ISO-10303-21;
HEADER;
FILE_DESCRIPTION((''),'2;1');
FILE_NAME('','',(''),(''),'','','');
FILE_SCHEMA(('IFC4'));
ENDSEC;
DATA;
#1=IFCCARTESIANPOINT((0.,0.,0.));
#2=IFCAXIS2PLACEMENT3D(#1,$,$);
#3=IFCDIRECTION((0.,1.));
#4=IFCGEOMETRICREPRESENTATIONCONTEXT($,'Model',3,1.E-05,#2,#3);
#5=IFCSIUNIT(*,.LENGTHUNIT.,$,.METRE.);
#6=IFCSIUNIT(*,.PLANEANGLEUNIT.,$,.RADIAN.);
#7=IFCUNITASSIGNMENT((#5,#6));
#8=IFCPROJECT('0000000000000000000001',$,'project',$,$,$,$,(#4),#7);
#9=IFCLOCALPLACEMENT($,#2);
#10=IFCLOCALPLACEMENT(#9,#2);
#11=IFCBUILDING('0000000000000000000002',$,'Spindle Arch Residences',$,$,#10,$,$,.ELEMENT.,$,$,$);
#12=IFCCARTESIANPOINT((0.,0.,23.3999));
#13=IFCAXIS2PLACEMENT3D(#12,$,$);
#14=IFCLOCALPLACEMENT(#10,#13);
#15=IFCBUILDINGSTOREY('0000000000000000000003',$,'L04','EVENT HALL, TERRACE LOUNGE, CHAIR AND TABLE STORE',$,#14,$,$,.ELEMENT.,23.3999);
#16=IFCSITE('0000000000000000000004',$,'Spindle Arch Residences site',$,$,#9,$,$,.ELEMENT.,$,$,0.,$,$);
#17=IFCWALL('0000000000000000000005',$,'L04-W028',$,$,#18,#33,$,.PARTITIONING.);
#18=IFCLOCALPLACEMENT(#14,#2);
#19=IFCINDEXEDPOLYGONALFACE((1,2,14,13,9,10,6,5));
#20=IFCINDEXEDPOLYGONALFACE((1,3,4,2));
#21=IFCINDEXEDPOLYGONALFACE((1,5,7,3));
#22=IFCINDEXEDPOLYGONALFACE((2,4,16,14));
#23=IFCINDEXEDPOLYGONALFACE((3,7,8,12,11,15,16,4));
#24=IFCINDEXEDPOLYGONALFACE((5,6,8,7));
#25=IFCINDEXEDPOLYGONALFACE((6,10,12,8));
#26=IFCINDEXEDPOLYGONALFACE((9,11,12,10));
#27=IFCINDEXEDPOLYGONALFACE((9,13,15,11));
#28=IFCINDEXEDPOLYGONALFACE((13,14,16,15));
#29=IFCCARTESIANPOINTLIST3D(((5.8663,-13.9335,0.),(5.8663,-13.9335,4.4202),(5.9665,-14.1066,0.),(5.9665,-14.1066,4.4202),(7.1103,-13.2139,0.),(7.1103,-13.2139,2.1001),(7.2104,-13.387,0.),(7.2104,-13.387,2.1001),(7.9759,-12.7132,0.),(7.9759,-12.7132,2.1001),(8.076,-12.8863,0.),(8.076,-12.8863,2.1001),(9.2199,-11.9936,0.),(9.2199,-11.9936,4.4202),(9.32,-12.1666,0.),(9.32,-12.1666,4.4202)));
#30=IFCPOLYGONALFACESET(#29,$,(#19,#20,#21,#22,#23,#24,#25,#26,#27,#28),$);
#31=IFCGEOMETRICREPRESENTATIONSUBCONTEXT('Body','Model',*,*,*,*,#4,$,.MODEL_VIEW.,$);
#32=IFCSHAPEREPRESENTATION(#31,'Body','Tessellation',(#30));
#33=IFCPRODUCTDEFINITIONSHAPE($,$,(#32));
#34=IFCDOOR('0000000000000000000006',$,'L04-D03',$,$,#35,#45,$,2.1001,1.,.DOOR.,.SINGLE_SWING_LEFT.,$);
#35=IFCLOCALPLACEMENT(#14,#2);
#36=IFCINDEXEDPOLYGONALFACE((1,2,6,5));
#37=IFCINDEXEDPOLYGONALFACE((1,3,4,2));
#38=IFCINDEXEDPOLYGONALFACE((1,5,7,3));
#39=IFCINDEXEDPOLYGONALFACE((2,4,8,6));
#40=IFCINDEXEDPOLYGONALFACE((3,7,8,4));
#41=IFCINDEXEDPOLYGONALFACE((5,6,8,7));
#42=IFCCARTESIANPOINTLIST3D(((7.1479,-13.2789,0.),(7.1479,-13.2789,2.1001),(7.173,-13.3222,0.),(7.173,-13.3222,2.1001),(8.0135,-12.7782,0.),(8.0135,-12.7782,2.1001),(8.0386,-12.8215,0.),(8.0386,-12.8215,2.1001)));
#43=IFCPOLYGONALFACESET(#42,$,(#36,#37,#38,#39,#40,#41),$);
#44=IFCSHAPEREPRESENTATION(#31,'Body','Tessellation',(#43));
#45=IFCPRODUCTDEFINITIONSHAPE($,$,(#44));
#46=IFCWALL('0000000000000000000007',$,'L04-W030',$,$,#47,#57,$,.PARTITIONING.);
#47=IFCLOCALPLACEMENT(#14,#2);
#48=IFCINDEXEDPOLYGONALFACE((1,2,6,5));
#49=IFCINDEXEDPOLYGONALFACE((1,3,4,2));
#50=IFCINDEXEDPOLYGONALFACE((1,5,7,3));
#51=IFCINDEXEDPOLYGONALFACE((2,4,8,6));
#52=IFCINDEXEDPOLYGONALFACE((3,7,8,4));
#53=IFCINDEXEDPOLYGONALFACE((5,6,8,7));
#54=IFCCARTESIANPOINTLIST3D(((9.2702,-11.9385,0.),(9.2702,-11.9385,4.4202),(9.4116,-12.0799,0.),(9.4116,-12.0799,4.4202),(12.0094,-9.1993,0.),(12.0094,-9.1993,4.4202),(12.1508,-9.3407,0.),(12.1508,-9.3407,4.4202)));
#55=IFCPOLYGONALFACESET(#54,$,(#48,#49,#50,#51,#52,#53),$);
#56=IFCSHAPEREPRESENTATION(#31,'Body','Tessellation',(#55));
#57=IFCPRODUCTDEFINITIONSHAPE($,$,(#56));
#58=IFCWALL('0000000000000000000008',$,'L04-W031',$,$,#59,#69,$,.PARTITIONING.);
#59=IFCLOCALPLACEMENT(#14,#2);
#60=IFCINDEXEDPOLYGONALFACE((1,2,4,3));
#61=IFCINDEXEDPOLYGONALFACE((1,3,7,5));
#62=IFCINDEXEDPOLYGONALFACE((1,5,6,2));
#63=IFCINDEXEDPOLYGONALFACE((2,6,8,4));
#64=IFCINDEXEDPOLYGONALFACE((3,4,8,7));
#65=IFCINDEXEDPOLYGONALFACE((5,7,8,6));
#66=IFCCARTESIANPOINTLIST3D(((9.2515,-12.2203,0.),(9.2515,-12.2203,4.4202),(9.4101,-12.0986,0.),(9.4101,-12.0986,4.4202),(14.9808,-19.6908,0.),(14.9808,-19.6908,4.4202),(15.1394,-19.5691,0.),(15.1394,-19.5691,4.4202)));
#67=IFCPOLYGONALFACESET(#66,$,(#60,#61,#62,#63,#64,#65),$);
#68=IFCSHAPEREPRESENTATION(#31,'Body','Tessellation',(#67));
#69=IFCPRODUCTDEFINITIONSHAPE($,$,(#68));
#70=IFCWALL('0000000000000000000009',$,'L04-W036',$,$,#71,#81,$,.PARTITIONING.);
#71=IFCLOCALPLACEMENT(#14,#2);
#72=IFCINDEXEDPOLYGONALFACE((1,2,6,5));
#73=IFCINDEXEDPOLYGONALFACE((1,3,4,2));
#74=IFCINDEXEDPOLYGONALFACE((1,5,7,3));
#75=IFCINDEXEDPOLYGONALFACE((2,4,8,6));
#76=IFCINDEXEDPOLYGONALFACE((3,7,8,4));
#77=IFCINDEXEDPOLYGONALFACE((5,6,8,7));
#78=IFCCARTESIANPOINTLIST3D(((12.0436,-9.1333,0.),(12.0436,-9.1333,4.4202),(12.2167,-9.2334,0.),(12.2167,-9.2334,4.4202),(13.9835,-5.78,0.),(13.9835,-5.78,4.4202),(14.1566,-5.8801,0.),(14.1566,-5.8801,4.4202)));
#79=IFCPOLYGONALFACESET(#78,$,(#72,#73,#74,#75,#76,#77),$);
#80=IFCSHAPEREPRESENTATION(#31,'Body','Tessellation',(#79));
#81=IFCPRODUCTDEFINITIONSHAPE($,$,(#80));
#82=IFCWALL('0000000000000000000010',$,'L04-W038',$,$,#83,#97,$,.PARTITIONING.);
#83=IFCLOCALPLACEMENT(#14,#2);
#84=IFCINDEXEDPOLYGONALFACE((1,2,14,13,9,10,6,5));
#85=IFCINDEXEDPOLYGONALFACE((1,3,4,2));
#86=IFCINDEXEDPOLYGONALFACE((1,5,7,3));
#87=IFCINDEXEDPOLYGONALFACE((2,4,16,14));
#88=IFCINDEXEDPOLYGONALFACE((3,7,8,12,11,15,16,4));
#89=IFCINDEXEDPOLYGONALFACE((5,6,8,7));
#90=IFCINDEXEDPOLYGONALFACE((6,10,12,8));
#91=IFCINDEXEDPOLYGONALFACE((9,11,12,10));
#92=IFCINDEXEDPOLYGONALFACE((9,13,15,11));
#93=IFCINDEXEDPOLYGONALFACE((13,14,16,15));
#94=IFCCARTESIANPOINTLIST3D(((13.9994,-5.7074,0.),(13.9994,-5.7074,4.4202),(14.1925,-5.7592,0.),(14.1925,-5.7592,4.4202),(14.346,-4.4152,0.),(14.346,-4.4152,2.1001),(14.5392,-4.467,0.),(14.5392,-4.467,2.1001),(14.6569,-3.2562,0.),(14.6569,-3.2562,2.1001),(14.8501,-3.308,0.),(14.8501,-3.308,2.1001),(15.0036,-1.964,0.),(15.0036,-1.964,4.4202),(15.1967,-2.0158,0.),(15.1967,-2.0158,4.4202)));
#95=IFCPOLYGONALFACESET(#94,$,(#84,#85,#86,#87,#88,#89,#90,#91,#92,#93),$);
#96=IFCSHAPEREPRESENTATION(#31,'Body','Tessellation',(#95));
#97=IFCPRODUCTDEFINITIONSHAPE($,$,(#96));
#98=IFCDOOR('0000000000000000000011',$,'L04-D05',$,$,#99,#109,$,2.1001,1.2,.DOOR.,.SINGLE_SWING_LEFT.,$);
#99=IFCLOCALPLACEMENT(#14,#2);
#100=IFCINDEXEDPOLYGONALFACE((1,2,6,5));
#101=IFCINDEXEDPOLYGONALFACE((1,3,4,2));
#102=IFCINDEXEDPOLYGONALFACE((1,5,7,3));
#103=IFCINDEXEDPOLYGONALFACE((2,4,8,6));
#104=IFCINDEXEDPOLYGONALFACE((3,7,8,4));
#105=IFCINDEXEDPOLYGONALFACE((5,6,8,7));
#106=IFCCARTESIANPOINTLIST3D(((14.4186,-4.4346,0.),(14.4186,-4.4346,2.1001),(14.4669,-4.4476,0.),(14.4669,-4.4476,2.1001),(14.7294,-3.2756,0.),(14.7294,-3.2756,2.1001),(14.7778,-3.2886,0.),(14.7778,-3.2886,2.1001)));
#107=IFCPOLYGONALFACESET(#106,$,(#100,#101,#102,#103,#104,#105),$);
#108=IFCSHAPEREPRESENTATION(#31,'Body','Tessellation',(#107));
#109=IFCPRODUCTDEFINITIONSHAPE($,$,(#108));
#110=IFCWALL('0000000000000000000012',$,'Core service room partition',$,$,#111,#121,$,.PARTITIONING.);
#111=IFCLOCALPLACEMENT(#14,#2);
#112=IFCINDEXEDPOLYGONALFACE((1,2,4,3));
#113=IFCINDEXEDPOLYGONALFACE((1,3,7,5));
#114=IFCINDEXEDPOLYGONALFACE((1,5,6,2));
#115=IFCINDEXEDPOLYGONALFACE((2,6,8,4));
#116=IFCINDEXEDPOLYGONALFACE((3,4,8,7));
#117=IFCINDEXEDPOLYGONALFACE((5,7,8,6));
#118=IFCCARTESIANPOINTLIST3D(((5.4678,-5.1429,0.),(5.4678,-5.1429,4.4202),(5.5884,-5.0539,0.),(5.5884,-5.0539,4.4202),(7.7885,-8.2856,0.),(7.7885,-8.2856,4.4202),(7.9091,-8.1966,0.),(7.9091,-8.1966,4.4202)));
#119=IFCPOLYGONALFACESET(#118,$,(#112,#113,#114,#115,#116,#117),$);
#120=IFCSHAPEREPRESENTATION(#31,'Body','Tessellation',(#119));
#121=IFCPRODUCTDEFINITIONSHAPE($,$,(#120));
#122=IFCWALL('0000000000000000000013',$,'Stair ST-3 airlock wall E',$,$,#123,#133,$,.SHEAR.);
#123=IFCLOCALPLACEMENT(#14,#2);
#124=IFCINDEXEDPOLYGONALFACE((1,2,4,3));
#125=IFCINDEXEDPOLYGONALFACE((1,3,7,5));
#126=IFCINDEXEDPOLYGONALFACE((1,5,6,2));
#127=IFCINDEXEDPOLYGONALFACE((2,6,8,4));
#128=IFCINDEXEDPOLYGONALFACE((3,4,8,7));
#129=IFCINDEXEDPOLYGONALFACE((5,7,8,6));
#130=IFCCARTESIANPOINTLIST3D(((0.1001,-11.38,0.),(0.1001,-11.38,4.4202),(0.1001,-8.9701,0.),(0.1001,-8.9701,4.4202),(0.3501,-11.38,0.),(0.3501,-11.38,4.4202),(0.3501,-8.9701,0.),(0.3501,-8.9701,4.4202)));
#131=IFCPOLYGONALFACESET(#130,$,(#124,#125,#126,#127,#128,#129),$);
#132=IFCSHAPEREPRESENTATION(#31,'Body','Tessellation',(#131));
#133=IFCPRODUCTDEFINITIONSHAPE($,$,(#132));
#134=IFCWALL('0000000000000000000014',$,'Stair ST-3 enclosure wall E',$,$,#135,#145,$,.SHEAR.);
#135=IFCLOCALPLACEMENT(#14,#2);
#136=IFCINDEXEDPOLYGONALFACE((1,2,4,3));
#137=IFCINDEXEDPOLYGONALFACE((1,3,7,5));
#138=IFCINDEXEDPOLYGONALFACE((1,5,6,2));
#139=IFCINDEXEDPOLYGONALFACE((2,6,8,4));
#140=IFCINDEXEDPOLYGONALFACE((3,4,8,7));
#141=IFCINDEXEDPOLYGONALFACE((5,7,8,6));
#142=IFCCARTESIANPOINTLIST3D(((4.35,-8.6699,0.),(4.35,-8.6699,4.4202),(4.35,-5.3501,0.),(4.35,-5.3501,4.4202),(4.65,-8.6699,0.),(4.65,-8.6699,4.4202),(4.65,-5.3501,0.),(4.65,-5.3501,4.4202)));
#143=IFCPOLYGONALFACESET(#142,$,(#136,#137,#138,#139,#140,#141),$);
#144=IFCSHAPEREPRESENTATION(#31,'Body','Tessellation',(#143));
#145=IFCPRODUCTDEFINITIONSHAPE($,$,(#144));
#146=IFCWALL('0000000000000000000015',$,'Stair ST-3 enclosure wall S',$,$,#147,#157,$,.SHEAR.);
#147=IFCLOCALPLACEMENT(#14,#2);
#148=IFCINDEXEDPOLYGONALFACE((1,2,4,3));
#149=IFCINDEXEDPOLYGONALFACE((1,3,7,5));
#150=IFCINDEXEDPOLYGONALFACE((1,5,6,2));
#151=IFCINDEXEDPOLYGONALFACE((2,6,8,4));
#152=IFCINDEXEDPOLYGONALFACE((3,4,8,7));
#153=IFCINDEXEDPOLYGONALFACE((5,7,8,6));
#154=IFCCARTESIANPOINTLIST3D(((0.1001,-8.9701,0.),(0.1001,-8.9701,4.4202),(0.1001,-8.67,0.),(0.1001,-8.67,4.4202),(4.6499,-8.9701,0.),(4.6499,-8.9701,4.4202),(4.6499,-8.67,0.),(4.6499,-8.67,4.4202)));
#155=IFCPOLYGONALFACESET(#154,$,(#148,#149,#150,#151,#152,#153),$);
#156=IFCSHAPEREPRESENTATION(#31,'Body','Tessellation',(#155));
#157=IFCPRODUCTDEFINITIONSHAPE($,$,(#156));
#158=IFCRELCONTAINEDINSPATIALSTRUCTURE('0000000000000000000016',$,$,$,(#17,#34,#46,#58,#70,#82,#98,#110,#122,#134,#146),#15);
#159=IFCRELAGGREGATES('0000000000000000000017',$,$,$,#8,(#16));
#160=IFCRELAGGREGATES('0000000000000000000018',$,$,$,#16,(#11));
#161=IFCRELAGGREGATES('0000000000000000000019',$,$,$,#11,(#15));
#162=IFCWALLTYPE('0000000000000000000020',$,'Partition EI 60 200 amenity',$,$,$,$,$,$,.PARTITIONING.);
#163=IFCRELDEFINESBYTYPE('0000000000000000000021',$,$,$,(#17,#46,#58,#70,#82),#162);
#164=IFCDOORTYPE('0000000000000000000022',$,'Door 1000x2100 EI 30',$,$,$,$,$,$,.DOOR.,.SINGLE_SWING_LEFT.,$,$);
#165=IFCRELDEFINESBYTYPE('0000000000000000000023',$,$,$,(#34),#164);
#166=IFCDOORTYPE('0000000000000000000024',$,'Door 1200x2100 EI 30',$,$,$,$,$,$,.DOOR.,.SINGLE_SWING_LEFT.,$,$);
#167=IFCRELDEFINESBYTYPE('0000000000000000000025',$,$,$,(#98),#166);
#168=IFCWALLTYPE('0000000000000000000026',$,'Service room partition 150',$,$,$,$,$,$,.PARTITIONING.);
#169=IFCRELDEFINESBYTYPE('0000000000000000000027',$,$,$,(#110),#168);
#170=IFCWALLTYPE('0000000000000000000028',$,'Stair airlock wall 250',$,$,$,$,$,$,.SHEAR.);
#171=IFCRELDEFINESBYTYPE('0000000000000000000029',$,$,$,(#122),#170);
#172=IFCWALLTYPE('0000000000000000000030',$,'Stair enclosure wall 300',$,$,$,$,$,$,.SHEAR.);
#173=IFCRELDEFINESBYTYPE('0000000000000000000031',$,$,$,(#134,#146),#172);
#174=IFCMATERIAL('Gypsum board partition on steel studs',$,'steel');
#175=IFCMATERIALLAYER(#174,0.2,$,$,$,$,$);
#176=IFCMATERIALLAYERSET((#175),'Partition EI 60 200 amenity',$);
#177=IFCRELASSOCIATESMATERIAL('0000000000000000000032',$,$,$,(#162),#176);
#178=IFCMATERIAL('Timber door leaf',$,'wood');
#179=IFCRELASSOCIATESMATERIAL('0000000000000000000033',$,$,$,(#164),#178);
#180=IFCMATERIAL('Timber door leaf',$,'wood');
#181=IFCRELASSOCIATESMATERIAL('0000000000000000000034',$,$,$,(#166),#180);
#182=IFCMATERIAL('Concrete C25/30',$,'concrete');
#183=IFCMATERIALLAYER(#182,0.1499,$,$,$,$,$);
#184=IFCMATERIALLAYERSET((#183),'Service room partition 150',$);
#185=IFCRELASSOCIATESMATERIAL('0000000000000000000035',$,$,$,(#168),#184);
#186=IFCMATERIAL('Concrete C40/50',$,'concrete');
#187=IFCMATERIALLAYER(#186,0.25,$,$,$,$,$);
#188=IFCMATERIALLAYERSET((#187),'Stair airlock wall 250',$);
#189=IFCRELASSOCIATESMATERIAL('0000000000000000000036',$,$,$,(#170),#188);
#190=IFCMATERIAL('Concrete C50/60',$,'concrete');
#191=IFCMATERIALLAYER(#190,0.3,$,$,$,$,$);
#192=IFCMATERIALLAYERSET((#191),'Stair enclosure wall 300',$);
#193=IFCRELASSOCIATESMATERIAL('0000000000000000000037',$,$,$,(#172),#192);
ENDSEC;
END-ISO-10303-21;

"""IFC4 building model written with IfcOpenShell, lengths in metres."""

from ifc_helpers import new_model, si_unit, direction, frame, frame_2d, origin, place, context, subcontext, project, spatial, rectangle, extrude, material, layer, layer_set, type_object, element, fill, save


model = new_model("IFC4")

# Units and contexts
model_context = context("Model", 3, precision=1e-05, world=origin(), true_north=direction((0.0, 1.0)))
body_context = subcontext(model_context, "Body", "Model", "MODEL_VIEW")
ifc_project = project(units=[si_unit("LENGTHUNIT", "METRE"), si_unit("PLANEANGLEUNIT", "RADIAN")], contexts=[model_context])

# Site, building, storey
site_placement = place(None, origin())
site = spatial("IfcSite", under=ifc_project, at=site_placement, Name="Spindle Arch Residences site", CompositionType="ELEMENT", RefElevation=0.0)
building_placement = place(site_placement, origin())
building = spatial("IfcBuilding", under=site, at=building_placement, Name="Spindle Arch Residences", CompositionType="ELEMENT")
storey_placement = place(building_placement, frame((0.0, 0.0, 23.3999)))
storey = spatial("IfcBuildingStorey", under=building, at=storey_placement, Name="L04", Description="EVENT HALL, TERRACE LOUNGE, CHAIR AND TABLE STORE", CompositionType="ELEMENT", Elevation=23.3999)

# Shared definitions
ifc_material_1 = material(Name="Gypsum board partition on steel studs", Category="steel")
ifc_layer_1 = layer(ifc_material_1, 0.2)
ifc_layer_set_1 = layer_set([ifc_layer_1], Name="Partition EI 60 200 amenity")
wall_type_1 = type_object("IfcWallType", Name="Partition EI 60 200 amenity", PredefinedType="PARTITIONING", material=ifc_layer_set_1)
ifc_material_2 = material(Name="Timber door leaf", Category="wood")
door_type_1 = type_object("IfcDoorType", Name="Door 1000x2100 EI 30", OperationType="SINGLE_SWING_LEFT", PredefinedType="DOOR", material=ifc_material_2)

# Wall, opening, door
wall_1_placement = place(storey_placement, frame((5.9165, -14.02, 0.0), z_axis=(0.0, 0.0, 1.0), x_axis=(0.865602, 0.500733, 0.0)))
wall_1 = element("IfcWall", 1, at=wall_1_placement, inside=storey, type_object=wall_type_1, Name="L04-W028", PredefinedType="PARTITIONING", context=body_context, shape_type="SweptSolid", body=[
    extrude(rectangle(XDim=3.8743, YDim=0.2, at=frame_2d((1.937, 0.0))), origin(), (0.0, 0.0, 1.0), 4.4202),
])
opening_1_placement = place(wall_1_placement, frame((1.437, 0.0, 0.0)))
opening_1 = element("IfcOpeningElement", 2, at=opening_1_placement, cuts=wall_1, PredefinedType="OPENING", context=body_context, shape_type="SweptSolid", body=[
    extrude(rectangle(XDim=1.0, YDim=2.1001, at=frame_2d((0.5, 1.05))), frame((0.0, 0.1099, 0.0), z_axis=(0.0, -1.0, 0.0), x_axis=(1.0, 0.0, 0.0)), (0.0, 0.0, 1.0), 0.22),
])
door_1_placement = place(opening_1_placement, origin())
door_1 = element("IfcDoor", 3, at=door_1_placement, inside=storey, type_object=door_type_1, Name="L04-D03", OperationType="SINGLE_SWING_LEFT", OverallHeight=2.1001, OverallWidth=1.0, PredefinedType="DOOR", context=body_context, shape_type="SweptSolid", body=[
    extrude(rectangle(XDim=1.0, YDim=2.1001, at=frame_2d((0.5, 1.05))), frame((0.0, 0.0249, 0.0), z_axis=(0.0, -1.0, 0.0), x_axis=(1.0, 0.0, 0.0)), (0.0, 0.0, 1.0), 0.05),
])
fill(opening_1, door_1)

# Walls
wall_2_placement = place(storey_placement, frame((9.3408, -12.0093, 0.0), z_axis=(0.0, 0.0, 1.0), x_axis=(0.707107, 0.707107, 0.0)))
element("IfcWall", 4, at=wall_2_placement, inside=storey, type_object=wall_type_1, Name="L04-W030", PredefinedType="PARTITIONING", context=body_context, shape_type="SweptSolid", body=[
    extrude(rectangle(XDim=3.8738, YDim=0.2, at=frame_2d((1.937, 0.0))), origin(), (0.0, 0.0, 1.0), 4.4202),
])
wall_3_placement = place(storey_placement, frame((9.3308, -12.1594, 0.0), z_axis=(0.0, 0.0, 1.0), x_axis=(0.608558, -0.793509, 0.0)))
element("IfcWall", 5, at=wall_3_placement, inside=storey, type_object=wall_type_1, Name="L04-W031", PredefinedType="PARTITIONING", context=body_context, shape_type="SweptSolid", body=[
    extrude(rectangle(XDim=9.4146, YDim=0.2, at=frame_2d((4.7073, 0.0))), origin(), (0.0, 0.0, 1.0), 4.4202),
])
wall_4_placement = place(storey_placement, frame((12.1301, -9.1833, 0.0), z_axis=(0.0, 0.0, 1.0), x_axis=(0.50076, 0.865586, 0.0)))
element("IfcWall", 6, at=wall_4_placement, inside=storey, type_object=wall_type_1, Name="L04-W036", PredefinedType="PARTITIONING", context=body_context, shape_type="SweptSolid", body=[
    extrude(rectangle(XDim=3.874, YDim=0.2, at=frame_2d((1.937, 0.0))), origin(), (0.0, 0.0, 1.0), 4.4202),
])

# Wall, opening, door
wall_5_placement = place(storey_placement, frame((14.0959, -5.7334, 0.0), z_axis=(0.0, 0.0, 1.0), x_axis=(0.259086, 0.965854, 0.0)))
wall_5 = element("IfcWall", 7, at=wall_5_placement, inside=storey, type_object=wall_type_1, Name="L04-W038", PredefinedType="PARTITIONING", context=body_context, shape_type="SweptSolid", body=[
    extrude(rectangle(XDim=3.8757, YDim=0.2, at=frame_2d((1.938, 0.0))), origin(), (0.0, 0.0, 1.0), 4.4202),
])
opening_2_placement = place(wall_5_placement, frame((1.3379, 0.0, 0.0)))
opening_2 = element("IfcOpeningElement", 8, at=opening_2_placement, cuts=wall_5, PredefinedType="OPENING", context=body_context, shape_type="SweptSolid", body=[
    extrude(rectangle(XDim=1.2, YDim=2.1001, at=frame_2d((0.6001, 1.05))), frame((0.0, 0.1099, 0.0), z_axis=(0.0, -1.0, 0.0), x_axis=(1.0, 0.0, 0.0)), (0.0, 0.0, 1.0), 0.22),
])
ifc_material_3 = material(Name="Timber door leaf", Category="wood")
door_type_2 = type_object("IfcDoorType", Name="Door 1200x2100 EI 30", OperationType="SINGLE_SWING_LEFT", PredefinedType="DOOR", material=ifc_material_3)
door_2_placement = place(opening_2_placement, origin())
door_2 = element("IfcDoor", 9, at=door_2_placement, inside=storey, type_object=door_type_2, Name="L04-D05", OperationType="SINGLE_SWING_LEFT", OverallHeight=2.1001, OverallWidth=1.2, PredefinedType="DOOR", context=body_context, shape_type="SweptSolid", body=[
    extrude(rectangle(XDim=1.2, YDim=2.1001, at=frame_2d((0.6001, 1.05))), frame((0.0, 0.0249, 0.0), z_axis=(0.0, -1.0, 0.0), x_axis=(1.0, 0.0, 0.0)), (0.0, 0.0, 1.0), 0.05),
])
fill(opening_2, door_2)

# Walls
ifc_material_4 = material(Name="Concrete C25/30", Category="concrete")
ifc_layer_2 = layer(ifc_material_4, 0.1499)
ifc_layer_set_2 = layer_set([ifc_layer_2], Name="Service room partition 150")
wall_type_2 = type_object("IfcWallType", Name="Service room partition 150", PredefinedType="PARTITIONING", material=ifc_layer_set_2)
wall_6_placement = place(storey_placement, frame((5.5281, -5.0984, 0.0), z_axis=(0.0, 0.0, 1.0), x_axis=(0.594034, -0.80444, 0.0)))
element("IfcWall", 10, at=wall_6_placement, inside=storey, type_object=wall_type_2, Name="Core service room partition", PredefinedType="PARTITIONING", context=body_context, shape_type="SweptSolid", body=[
    extrude(rectangle(XDim=3.9067, YDim=0.1499, at=frame_2d((1.9534, 0.0))), origin(), (0.0, 0.0, 1.0), 4.4202),
])
ifc_material_5 = material(Name="Concrete C40/50", Category="concrete")
ifc_layer_3 = layer(ifc_material_5, 0.25)
ifc_layer_set_3 = layer_set([ifc_layer_3], Name="Stair airlock wall 250")
wall_type_3 = type_object("IfcWallType", Name="Stair airlock wall 250", PredefinedType="SHEAR", material=ifc_layer_set_3)
wall_7_placement = place(storey_placement, frame((0.2251, -8.97, 0.0), z_axis=(0.0, 0.0, 1.0), x_axis=(0.0, -1.0, 0.0)))
element("IfcWall", 11, at=wall_7_placement, inside=storey, type_object=wall_type_3, Name="Stair ST-3 airlock wall E", PredefinedType="SHEAR", context=body_context, shape_type="SweptSolid", body=[
    extrude(rectangle(XDim=2.4099, YDim=0.25, at=frame_2d((1.2051, 0.0))), origin(), (0.0, 0.0, 1.0), 4.4202),
])
ifc_material_6 = material(Name="Concrete C50/60", Category="concrete")
ifc_layer_4 = layer(ifc_material_6, 0.3)
ifc_layer_set_4 = layer_set([ifc_layer_4], Name="Stair enclosure wall 300")
wall_type_4 = type_object("IfcWallType", Name="Stair enclosure wall 300", PredefinedType="SHEAR", material=ifc_layer_set_4)
wall_8_placement = place(storey_placement, frame((4.5, -8.6699, 0.0), z_axis=(0.0, 0.0, 1.0), x_axis=(0.0, 1.0, 0.0)))
element("IfcWall", 12, at=wall_8_placement, inside=storey, type_object=wall_type_4, Name="Stair ST-3 enclosure wall E", PredefinedType="SHEAR", context=body_context, shape_type="SweptSolid", body=[
    extrude(rectangle(XDim=3.3198, YDim=0.3, at=frame_2d((1.6599, 0.0))), origin(), (0.0, 0.0, 1.0), 4.4202),
])
wall_9_placement = place(storey_placement, frame((0.1001, -8.8201, 0.0), z_axis=(0.0, 0.0, 1.0), x_axis=(1.0, 0.0, 0.0)))
element("IfcWall", 13, at=wall_9_placement, inside=storey, type_object=wall_type_4, Name="Stair ST-3 enclosure wall S", PredefinedType="SHEAR", context=body_context, shape_type="SweptSolid", body=[
    extrude(rectangle(XDim=4.5498, YDim=0.3, at=frame_2d((2.2749, 0.0))), origin(), (0.0, 0.0, 1.0), 4.4202),
])

save(model, "model.ifc")
